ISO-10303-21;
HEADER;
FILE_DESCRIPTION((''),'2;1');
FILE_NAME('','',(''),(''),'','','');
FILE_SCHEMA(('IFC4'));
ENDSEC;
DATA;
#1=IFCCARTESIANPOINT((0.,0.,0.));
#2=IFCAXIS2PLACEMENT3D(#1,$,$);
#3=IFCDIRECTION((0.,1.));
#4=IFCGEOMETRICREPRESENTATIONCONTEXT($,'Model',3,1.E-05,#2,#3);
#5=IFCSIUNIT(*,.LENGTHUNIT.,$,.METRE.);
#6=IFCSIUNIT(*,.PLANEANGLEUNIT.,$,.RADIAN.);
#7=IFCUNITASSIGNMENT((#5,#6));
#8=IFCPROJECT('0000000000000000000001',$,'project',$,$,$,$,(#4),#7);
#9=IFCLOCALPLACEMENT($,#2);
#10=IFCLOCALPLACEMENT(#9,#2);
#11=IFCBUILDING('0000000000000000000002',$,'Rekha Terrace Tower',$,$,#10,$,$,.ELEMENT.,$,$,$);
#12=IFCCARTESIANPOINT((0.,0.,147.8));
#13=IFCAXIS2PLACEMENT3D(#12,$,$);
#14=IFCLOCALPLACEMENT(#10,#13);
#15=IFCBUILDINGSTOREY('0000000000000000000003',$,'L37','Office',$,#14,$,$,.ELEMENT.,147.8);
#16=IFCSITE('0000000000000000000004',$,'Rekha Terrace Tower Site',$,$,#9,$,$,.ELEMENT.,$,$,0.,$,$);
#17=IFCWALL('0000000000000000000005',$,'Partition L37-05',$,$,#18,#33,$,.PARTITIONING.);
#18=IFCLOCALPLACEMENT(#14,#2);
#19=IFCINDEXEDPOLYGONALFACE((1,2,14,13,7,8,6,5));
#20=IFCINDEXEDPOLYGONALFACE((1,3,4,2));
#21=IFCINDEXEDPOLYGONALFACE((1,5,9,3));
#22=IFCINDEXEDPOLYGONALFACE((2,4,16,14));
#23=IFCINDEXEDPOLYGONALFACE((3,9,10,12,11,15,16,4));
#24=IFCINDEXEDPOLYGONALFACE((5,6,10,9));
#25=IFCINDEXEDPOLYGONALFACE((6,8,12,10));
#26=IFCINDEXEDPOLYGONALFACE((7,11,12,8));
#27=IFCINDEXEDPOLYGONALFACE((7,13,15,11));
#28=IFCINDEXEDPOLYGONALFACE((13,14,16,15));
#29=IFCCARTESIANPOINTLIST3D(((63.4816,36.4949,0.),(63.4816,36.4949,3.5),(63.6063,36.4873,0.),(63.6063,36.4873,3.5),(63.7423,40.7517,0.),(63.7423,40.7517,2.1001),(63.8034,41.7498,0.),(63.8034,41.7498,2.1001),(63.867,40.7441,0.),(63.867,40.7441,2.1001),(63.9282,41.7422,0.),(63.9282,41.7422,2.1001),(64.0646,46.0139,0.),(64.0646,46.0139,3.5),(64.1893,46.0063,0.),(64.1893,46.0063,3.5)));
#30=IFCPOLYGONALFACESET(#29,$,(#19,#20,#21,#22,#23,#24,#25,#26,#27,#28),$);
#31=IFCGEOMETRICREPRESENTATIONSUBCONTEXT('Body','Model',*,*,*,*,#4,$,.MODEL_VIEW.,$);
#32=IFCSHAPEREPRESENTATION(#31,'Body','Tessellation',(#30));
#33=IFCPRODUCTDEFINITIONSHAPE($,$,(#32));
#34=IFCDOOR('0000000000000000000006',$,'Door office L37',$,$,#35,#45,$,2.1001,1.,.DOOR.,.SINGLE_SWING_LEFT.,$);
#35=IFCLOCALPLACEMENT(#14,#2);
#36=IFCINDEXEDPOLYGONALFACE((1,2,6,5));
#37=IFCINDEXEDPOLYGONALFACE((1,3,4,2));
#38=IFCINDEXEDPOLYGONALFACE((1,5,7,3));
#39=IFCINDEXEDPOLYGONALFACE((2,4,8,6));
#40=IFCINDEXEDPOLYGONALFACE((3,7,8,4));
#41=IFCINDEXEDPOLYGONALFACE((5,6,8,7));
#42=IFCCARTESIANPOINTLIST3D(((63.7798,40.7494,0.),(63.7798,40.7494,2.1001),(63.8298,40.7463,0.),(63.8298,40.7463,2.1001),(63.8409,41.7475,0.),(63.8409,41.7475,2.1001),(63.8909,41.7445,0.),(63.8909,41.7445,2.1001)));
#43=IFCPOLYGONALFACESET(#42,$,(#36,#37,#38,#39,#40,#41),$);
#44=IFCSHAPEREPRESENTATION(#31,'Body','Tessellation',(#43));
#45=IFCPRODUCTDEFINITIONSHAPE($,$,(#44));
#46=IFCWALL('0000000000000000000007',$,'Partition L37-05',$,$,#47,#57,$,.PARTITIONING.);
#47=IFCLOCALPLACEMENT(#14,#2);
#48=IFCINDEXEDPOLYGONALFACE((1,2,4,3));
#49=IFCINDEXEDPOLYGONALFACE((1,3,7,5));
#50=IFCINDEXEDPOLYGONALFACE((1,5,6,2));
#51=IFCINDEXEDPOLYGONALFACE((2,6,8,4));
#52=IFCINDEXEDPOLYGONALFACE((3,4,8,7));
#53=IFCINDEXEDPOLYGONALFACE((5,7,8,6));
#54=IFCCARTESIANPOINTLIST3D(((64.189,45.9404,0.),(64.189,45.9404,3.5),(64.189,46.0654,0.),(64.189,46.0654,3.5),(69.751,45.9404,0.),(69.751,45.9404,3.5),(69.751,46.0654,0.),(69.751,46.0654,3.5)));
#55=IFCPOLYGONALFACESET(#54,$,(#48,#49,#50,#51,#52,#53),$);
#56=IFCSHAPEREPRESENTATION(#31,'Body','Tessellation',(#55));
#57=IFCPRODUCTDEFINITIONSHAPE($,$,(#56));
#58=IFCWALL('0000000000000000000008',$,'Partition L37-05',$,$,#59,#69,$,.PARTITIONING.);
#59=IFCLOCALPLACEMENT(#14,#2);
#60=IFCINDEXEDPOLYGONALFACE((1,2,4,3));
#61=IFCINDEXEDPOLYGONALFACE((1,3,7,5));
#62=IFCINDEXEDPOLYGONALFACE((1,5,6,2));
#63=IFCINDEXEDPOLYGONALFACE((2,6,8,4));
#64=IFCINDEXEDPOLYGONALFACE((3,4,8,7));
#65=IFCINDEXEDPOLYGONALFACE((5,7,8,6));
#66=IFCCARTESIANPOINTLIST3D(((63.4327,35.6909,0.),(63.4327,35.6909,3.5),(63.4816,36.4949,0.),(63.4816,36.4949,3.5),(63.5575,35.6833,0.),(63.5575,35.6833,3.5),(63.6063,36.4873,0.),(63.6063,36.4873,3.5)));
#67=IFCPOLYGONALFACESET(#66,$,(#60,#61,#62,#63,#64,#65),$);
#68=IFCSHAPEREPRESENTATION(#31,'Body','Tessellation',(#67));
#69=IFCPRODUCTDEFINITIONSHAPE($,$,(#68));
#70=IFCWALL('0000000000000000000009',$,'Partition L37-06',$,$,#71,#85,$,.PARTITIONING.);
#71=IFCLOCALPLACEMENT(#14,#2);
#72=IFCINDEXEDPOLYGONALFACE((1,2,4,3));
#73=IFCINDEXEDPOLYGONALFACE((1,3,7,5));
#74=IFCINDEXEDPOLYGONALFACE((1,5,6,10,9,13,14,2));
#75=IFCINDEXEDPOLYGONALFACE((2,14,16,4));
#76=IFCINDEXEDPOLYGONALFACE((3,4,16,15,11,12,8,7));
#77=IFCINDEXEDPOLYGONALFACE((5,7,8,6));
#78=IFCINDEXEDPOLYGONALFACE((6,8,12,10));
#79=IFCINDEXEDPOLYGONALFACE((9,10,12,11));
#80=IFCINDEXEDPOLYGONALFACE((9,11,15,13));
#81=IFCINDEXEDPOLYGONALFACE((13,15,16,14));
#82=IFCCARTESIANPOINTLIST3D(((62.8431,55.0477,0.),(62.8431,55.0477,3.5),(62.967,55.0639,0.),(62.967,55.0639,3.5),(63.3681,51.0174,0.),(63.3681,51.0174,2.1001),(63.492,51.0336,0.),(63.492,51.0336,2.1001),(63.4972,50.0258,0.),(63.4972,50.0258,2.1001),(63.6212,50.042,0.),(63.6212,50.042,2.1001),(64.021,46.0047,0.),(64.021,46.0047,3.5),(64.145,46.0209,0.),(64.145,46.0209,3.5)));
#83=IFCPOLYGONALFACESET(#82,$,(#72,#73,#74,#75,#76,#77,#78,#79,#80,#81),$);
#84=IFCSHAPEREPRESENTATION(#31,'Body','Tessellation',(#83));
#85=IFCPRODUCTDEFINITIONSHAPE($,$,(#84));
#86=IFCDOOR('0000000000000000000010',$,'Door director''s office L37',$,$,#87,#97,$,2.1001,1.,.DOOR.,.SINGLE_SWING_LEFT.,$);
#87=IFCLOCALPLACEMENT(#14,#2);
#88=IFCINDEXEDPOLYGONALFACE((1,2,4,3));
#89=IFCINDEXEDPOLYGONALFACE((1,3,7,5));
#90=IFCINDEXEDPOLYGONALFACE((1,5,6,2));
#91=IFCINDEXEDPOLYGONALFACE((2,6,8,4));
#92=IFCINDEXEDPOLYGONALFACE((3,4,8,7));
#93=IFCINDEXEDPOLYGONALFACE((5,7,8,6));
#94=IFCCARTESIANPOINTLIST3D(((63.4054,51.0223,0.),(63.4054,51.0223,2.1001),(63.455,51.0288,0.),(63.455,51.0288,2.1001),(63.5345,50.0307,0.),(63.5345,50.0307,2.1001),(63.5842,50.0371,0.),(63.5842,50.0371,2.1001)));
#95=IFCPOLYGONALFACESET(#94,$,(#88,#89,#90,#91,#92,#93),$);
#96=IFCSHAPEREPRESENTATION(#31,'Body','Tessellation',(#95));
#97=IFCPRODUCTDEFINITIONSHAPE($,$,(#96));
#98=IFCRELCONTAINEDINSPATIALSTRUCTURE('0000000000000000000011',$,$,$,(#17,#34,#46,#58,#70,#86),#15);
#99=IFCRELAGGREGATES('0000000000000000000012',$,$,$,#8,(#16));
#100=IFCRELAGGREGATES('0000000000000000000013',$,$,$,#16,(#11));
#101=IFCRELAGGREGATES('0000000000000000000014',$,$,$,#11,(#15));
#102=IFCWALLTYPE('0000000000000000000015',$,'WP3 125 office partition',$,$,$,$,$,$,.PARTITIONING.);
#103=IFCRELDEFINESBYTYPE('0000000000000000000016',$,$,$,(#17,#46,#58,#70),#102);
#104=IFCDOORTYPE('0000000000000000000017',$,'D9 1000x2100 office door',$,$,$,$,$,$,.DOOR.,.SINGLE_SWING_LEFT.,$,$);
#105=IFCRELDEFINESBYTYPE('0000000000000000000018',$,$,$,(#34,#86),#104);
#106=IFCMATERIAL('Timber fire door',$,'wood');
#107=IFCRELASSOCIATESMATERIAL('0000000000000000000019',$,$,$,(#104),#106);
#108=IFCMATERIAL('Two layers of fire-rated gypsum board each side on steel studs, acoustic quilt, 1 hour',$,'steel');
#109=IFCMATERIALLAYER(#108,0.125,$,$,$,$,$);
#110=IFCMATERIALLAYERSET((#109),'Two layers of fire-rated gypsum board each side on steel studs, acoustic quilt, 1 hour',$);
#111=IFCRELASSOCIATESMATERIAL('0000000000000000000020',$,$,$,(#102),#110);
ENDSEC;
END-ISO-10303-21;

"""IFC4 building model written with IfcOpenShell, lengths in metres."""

from ifc_helpers import new_model, si_unit, direction, frame, frame_2d, origin, place, context, subcontext, project, spatial, rectangle, extrude, material, layer, layer_set, type_object, element, fill, save


model = new_model("IFC4")

# Units and contexts
model_context = context("Model", 3, precision=1e-05, world=origin(), true_north=direction((0.0, 1.0)))
body_context = subcontext(model_context, "Body", "Model", "MODEL_VIEW")
ifc_project = project(units=[si_unit("LENGTHUNIT", "METRE"), si_unit("PLANEANGLEUNIT", "RADIAN")], contexts=[model_context])

# Site, building, storey
site_placement = place(None, origin())
site = spatial("IfcSite", under=ifc_project, at=site_placement, Name="Rekha Terrace Tower Site", CompositionType="ELEMENT", RefElevation=0.0)
building_placement = place(site_placement, origin())
building = spatial("IfcBuilding", under=site, at=building_placement, Name="Rekha Terrace Tower", CompositionType="ELEMENT")
storey_placement = place(building_placement, frame((0.0, 0.0, 147.8)))
storey = spatial("IfcBuildingStorey", under=building, at=storey_placement, Name="L37", Description="Office", CompositionType="ELEMENT", Elevation=147.8)

# Shared definitions
ifc_material_1 = material(Name="Timber fire door", Category="wood")
door_type = type_object("IfcDoorType", Name="D9 1000x2100 office door", OperationType="SINGLE_SWING_LEFT", PredefinedType="DOOR", material=ifc_material_1)

# Shared definitions
ifc_material_2 = material(Name="Two layers of fire-rated gypsum board each side on steel studs, acoustic quilt, 1 hour", Category="steel")
ifc_layer_1 = layer(ifc_material_2, 0.125)
ifc_layer_set_1 = layer_set([ifc_layer_1], Name="Two layers of fire-rated gypsum board each side on steel studs, acoustic quilt, 1 hour")
wall_type_1 = type_object("IfcWallType", Name="WP3 125 office partition", PredefinedType="PARTITIONING", material=ifc_layer_set_1)

# Wall, opening, door
wall_1_placement = place(storey_placement, frame((63.5439, 36.491, 0.0), z_axis=(0.0, 0.0, 1.0), x_axis=(0.061132, 0.99813, 0.0)))
wall_1 = element("IfcWall", 1, at=wall_1_placement, inside=storey, type_object=wall_type_1, Name="Partition L37-05", PredefinedType="PARTITIONING", context=body_context, shape_type="SweptSolid", body=[
    extrude(rectangle(XDim=9.5369, YDim=0.125, at=frame_2d((4.7686, 0.0))), origin(), (0.0, 0.0, 1.0), 3.5),
])
opening_1_placement = place(wall_1_placement, frame((4.2649, 0.0, 0.0)))
opening_1 = element("IfcOpeningElement", 2, at=opening_1_placement, cuts=wall_1, PredefinedType="OPENING", context=body_context, shape_type="SweptSolid", body=[
    extrude(rectangle(XDim=1.0, YDim=2.1001, at=frame_2d((0.5, 1.05))), frame((0.0, 0.0725, 0.0), z_axis=(0.0, -1.0, 0.0), x_axis=(1.0, 0.0, 0.0)), (0.0, 0.0, 1.0), 0.145),
])
door_1_placement = place(opening_1_placement, origin())
door_1 = element("IfcDoor", 3, at=door_1_placement, inside=storey, type_object=door_type, Name="Door office L37", OperationType="SINGLE_SWING_LEFT", OverallHeight=2.1001, OverallWidth=1.0, PredefinedType="DOOR", context=body_context, shape_type="SweptSolid", body=[
    extrude(rectangle(XDim=1.0, YDim=2.1001, at=frame_2d((0.5, 1.05))), frame((0.0, 0.0249, 0.0), z_axis=(0.0, -1.0, 0.0), x_axis=(1.0, 0.0, 0.0)), (0.0, 0.0, 1.0), 0.05),
])
fill(opening_1, door_1)

# Walls
wall_2_placement = place(storey_placement, frame((64.189, 46.0029, 0.0), z_axis=(0.0, 0.0, 1.0), x_axis=(1.0, 0.0, 0.0)))
element("IfcWall", 4, at=wall_2_placement, inside=storey, type_object=wall_type_1, Name="Partition L37-05", PredefinedType="PARTITIONING", context=body_context, shape_type="SweptSolid", body=[
    extrude(rectangle(XDim=5.562, YDim=0.125, at=frame_2d((2.781, 0.0))), origin(), (0.0, 0.0, 1.0), 3.5),
])
wall_3_placement = place(storey_placement, frame((63.4951, 35.687, 0.0), z_axis=(0.0, 0.0, 1.0), x_axis=(0.060623, 0.998161, 0.0)))
element("IfcWall", 5, at=wall_3_placement, inside=storey, type_object=wall_type_1, Name="Partition L37-05", PredefinedType="PARTITIONING", context=body_context, shape_type="SweptSolid", body=[
    extrude(rectangle(XDim=0.8054, YDim=0.125, at=frame_2d((0.4028, 0.0))), origin(), (0.0, 0.0, 1.0), 3.5),
])

# Wall, opening, door
wall_4_placement = place(storey_placement, frame((64.083, 46.0129, 0.0), z_axis=(0.0, 0.0, 1.0), x_axis=(-0.129173, 0.991622, 0.0)))
wall_4 = element("IfcWall", 6, at=wall_4_placement, inside=storey, type_object=wall_type_1, Name="Partition L37-06", PredefinedType="PARTITIONING", context=body_context, shape_type="SweptSolid", body=[
    extrude(rectangle(XDim=9.1194, YDim=0.125, at=frame_2d((4.5596, 0.0))), origin(), (0.0, 0.0, 1.0), 3.5),
])
opening_2_placement = place(wall_4_placement, frame((4.0549, 0.0, 0.0)))
opening_2 = element("IfcOpeningElement", 7, at=opening_2_placement, cuts=wall_4, PredefinedType="OPENING", context=body_context, shape_type="SweptSolid", body=[
    extrude(rectangle(XDim=1.0, YDim=2.1001, at=frame_2d((0.5, 1.05))), frame((0.0, 0.0725, 0.0), z_axis=(0.0, -1.0, 0.0), x_axis=(1.0, 0.0, 0.0)), (0.0, 0.0, 1.0), 0.145),
])
door_2_placement = place(opening_2_placement, origin())
door_2 = element("IfcDoor", 8, at=door_2_placement, inside=storey, type_object=door_type, Name="Door director's office L37", OperationType="SINGLE_SWING_LEFT", OverallHeight=2.1001, OverallWidth=1.0, PredefinedType="DOOR", context=body_context, shape_type="SweptSolid", body=[
    extrude(rectangle(XDim=1.0, YDim=2.1001, at=frame_2d((0.5, 1.05))), frame((0.0, 0.0249, 0.0), z_axis=(0.0, -1.0, 0.0), x_axis=(1.0, 0.0, 0.0)), (0.0, 0.0, 1.0), 0.05),
])
fill(opening_2, door_2)

save(model, "model.ifc")
